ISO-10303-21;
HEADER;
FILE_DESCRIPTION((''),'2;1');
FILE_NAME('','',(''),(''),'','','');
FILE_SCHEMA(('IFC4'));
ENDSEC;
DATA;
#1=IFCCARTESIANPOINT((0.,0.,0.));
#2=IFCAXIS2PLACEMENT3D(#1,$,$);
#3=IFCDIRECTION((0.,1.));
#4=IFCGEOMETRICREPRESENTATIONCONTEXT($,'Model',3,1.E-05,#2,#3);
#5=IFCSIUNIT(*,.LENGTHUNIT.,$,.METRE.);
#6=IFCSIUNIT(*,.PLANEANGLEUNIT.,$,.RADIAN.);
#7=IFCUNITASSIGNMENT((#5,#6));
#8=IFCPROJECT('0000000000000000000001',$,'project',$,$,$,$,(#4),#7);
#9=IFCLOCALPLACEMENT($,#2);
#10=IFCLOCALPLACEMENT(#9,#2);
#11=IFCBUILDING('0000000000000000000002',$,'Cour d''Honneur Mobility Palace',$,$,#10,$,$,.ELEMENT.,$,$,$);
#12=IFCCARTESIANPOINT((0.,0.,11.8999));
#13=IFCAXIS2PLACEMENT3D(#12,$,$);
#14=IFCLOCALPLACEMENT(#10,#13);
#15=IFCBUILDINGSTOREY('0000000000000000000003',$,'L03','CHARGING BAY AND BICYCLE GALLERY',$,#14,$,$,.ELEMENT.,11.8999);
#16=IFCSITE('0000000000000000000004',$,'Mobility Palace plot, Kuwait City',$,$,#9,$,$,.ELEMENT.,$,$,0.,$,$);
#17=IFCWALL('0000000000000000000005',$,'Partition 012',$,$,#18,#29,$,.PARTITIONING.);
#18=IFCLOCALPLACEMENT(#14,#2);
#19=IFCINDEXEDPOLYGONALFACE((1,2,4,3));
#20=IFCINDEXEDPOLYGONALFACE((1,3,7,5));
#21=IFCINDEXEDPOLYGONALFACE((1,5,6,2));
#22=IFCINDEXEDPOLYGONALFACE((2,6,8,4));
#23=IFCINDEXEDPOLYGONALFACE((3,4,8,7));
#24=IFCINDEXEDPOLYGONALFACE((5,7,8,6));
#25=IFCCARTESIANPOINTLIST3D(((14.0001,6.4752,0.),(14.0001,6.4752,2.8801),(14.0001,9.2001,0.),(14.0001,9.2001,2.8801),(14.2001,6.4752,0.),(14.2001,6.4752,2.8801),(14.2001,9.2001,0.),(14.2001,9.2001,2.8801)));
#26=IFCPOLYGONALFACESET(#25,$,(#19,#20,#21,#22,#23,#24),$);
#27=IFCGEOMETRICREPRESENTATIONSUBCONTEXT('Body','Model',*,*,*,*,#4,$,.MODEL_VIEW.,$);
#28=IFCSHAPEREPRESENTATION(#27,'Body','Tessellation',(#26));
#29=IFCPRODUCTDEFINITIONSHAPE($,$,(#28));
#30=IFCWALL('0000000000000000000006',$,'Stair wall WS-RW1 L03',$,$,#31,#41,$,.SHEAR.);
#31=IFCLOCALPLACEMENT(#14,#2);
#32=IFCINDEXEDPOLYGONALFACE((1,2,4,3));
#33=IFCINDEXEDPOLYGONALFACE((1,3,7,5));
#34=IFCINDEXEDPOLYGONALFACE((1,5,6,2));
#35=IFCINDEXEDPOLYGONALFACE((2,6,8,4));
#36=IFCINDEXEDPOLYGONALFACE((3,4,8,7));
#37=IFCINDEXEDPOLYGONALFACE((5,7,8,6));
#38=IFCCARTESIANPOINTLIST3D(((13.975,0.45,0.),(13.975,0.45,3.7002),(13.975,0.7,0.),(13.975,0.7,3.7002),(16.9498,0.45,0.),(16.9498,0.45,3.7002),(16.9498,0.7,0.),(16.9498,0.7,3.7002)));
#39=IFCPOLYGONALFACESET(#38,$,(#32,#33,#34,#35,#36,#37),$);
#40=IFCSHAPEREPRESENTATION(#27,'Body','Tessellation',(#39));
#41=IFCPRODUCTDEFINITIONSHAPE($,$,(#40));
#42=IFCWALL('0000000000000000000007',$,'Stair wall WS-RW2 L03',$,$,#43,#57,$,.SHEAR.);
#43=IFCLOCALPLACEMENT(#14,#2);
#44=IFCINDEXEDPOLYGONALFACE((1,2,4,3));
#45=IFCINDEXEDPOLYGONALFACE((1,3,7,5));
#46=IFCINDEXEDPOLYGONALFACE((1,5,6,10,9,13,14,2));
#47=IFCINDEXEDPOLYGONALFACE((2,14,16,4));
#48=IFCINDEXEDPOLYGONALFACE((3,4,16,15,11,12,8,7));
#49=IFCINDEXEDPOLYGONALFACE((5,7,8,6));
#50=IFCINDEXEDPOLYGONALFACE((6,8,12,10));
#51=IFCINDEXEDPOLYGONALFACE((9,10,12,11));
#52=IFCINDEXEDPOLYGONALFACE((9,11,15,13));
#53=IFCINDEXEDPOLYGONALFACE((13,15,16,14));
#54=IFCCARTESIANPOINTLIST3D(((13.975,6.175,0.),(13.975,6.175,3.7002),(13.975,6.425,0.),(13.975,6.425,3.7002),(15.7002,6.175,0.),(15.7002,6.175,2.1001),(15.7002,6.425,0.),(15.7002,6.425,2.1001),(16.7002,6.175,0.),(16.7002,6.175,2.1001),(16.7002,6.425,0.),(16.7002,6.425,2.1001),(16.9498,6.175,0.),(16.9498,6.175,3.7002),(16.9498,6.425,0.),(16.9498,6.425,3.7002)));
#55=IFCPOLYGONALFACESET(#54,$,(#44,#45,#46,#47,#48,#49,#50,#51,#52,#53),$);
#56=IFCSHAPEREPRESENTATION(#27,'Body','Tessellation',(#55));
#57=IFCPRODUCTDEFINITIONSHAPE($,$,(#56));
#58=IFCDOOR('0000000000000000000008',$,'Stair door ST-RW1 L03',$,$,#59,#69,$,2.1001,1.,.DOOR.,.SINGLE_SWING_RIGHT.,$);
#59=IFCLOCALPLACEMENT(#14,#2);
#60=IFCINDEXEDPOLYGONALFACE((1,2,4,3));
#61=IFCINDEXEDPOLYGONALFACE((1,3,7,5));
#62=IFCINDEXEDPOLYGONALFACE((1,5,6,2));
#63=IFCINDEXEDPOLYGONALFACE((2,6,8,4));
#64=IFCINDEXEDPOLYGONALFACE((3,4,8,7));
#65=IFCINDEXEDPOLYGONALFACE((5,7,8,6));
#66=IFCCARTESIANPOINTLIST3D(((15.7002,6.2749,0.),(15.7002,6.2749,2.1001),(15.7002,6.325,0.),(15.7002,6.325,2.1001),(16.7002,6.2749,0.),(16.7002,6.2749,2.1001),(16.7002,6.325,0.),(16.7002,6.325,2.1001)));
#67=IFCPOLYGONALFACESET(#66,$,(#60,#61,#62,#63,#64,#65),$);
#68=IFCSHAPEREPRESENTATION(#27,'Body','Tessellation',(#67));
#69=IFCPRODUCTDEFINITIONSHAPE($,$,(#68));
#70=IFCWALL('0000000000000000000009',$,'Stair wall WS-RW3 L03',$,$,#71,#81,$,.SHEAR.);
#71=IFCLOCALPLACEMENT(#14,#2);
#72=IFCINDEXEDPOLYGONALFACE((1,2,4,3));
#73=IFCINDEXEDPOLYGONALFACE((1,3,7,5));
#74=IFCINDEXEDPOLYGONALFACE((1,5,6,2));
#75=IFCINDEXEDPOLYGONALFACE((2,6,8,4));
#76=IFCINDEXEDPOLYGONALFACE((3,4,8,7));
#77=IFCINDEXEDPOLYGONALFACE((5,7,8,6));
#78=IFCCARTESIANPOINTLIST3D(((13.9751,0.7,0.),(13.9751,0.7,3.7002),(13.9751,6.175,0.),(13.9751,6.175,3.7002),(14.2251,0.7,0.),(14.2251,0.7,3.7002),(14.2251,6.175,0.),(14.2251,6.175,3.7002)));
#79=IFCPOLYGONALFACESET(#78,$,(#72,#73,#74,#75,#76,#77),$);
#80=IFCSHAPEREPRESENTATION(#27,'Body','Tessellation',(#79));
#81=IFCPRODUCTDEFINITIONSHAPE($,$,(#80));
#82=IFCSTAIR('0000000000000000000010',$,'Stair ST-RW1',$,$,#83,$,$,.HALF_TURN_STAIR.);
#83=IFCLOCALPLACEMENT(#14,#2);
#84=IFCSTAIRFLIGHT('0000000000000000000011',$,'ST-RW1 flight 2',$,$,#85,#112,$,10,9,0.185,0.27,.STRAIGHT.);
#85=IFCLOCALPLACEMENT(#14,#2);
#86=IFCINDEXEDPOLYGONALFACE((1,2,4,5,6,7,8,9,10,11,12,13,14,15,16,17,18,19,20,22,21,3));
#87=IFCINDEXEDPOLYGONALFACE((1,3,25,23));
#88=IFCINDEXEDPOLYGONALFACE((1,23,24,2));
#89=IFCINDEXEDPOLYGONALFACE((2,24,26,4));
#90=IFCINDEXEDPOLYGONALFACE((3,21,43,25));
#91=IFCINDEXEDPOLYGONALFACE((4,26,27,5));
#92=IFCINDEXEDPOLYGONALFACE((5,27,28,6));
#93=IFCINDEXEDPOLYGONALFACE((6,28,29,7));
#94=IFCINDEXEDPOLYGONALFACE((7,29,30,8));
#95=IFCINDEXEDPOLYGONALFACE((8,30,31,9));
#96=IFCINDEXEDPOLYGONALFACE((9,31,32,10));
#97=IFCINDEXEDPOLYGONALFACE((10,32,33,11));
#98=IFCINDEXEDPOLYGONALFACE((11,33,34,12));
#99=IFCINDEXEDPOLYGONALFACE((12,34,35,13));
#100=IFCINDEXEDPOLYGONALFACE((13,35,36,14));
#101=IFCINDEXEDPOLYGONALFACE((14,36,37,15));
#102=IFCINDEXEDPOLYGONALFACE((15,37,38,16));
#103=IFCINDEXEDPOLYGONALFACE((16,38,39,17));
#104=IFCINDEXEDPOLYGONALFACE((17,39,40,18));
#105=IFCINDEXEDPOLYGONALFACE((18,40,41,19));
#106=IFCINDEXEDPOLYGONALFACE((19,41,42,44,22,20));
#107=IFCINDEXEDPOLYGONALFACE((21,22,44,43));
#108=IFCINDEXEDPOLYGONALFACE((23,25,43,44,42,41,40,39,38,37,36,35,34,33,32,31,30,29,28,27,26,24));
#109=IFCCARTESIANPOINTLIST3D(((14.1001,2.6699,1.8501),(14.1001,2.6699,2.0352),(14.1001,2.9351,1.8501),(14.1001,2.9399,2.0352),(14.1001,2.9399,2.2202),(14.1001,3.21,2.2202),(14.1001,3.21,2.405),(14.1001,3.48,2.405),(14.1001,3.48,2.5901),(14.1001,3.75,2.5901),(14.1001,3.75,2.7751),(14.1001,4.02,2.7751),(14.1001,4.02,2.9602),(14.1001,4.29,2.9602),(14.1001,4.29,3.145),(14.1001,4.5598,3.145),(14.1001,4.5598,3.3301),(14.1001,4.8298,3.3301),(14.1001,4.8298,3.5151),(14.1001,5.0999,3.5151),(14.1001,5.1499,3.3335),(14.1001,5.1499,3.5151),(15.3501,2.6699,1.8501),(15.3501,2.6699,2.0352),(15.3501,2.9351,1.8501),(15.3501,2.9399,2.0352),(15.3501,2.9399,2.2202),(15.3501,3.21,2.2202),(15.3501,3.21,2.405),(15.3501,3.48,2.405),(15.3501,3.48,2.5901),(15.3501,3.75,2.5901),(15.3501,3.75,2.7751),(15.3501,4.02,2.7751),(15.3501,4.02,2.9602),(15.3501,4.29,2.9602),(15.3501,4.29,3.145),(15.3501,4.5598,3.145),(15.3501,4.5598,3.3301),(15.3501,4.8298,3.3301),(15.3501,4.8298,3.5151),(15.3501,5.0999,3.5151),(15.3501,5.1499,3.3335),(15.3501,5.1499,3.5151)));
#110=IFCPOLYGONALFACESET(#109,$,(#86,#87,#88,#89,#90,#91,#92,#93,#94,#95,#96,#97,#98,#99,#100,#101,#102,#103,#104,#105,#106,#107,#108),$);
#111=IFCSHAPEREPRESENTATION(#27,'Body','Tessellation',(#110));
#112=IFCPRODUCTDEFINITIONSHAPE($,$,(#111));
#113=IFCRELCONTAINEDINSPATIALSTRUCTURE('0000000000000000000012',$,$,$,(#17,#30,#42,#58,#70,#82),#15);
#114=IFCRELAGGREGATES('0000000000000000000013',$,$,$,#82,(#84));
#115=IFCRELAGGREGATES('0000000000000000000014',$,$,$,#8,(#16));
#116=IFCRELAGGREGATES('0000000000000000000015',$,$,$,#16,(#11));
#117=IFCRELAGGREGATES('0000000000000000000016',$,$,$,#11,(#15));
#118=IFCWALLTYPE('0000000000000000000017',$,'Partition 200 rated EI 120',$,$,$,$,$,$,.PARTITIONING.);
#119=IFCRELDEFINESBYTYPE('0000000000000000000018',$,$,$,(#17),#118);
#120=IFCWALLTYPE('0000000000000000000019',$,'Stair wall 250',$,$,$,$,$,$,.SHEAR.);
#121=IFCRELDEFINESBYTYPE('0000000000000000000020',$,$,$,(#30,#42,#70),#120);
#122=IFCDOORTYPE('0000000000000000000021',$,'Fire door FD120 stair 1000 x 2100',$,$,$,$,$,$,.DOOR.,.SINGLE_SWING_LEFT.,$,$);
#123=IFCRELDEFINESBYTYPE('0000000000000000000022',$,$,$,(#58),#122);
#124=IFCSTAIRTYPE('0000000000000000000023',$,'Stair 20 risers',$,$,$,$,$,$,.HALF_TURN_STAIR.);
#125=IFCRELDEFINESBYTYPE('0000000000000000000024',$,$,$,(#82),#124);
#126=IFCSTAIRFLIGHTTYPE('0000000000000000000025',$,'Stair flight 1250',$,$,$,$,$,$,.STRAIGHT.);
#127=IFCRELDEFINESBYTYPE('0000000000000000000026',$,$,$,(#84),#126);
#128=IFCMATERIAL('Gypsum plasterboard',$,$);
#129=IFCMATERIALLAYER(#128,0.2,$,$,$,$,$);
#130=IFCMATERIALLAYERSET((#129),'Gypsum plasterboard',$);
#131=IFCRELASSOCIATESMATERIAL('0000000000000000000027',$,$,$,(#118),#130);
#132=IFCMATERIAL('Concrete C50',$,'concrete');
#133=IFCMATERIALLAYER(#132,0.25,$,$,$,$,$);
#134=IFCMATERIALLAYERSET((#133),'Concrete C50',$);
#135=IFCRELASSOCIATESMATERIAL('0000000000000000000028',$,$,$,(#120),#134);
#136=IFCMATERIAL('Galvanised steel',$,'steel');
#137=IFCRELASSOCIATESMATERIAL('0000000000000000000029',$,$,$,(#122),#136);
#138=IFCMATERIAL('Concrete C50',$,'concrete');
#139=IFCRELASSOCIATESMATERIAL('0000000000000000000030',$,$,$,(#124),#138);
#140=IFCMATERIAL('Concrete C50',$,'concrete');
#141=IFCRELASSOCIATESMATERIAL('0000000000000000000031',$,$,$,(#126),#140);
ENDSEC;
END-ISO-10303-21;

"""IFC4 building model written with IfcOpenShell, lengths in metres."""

from ifc_helpers import new_model, si_unit, direction, frame, frame_2d, origin, place, context, subcontext, project, spatial, polyline, rectangle, outline, extrude, material, layer, layer_set, type_object, element, fill, aggregate, save


model = new_model("IFC4")

# Units and contexts
model_context = context("Model", 3, precision=1e-05, world=origin(), true_north=direction((0.0, 1.0)))
body_context = subcontext(model_context, "Body", "Model", "MODEL_VIEW")
ifc_project = project(units=[si_unit("LENGTHUNIT", "METRE"), si_unit("PLANEANGLEUNIT", "RADIAN")], contexts=[model_context])

# Site, building, storey
site_placement = place(None, origin())
site = spatial("IfcSite", under=ifc_project, at=site_placement, Name="Mobility Palace plot, Kuwait City", CompositionType="ELEMENT", RefElevation=0.0)
building_placement = place(site_placement, origin())
building = spatial("IfcBuilding", under=site, at=building_placement, Name="Cour d'Honneur Mobility Palace", CompositionType="ELEMENT")
storey_placement = place(building_placement, frame((0.0, 0.0, 11.8999)))
storey = spatial("IfcBuildingStorey", under=building, at=storey_placement, Name="L03", Description="CHARGING BAY AND BICYCLE GALLERY", CompositionType="ELEMENT", Elevation=11.8999)

# Walls
ifc_material_1 = material(Name="Gypsum plasterboard")
ifc_layer_1 = layer(ifc_material_1, 0.2)
ifc_layer_set_1 = layer_set([ifc_layer_1], Name="Gypsum plasterboard")
wall_type_1 = type_object("IfcWallType", Name="Partition 200 rated EI 120", PredefinedType="PARTITIONING", material=ifc_layer_set_1)
wall_1_placement = place(storey_placement, frame((14.1001, 9.2, 0.0), z_axis=(0.0, 0.0, 1.0), x_axis=(0.0, -1.0, 0.0)))
element("IfcWall", 1, at=wall_1_placement, inside=storey, type_object=wall_type_1, Name="Partition 012", PredefinedType="PARTITIONING", context=body_context, shape_type="SweptSolid", body=[
    extrude(rectangle(XDim=2.7249, YDim=0.2, at=frame_2d((1.3623, 0.0))), origin(), (0.0, 0.0, 1.0), 2.8801),
])
ifc_material_2 = material(Name="Concrete C50", Category="concrete")
ifc_layer_2 = layer(ifc_material_2, 0.25)
ifc_layer_set_2 = layer_set([ifc_layer_2], Name="Concrete C50")
wall_type_2 = type_object("IfcWallType", Name="Stair wall 250", PredefinedType="SHEAR", material=ifc_layer_set_2)
wall_2_placement = place(storey_placement, frame((13.9751, 0.575, 0.0), z_axis=(0.0, 0.0, 1.0), x_axis=(1.0, 0.0, 0.0)))
element("IfcWall", 2, at=wall_2_placement, inside=storey, type_object=wall_type_2, Name="Stair wall WS-RW1 L03", PredefinedType="SHEAR", context=body_context, shape_type="SweptSolid", body=[
    extrude(rectangle(XDim=2.9749, YDim=0.25, at=frame_2d((1.4873, 0.0))), origin(), (0.0, 0.0, 1.0), 3.7002),
])

# Wall, opening, door
wall_3_placement = place(storey_placement, frame((13.9751, 6.3, 0.0), z_axis=(0.0, 0.0, 1.0), x_axis=(1.0, 0.0, 0.0)))
wall_3 = element("IfcWall", 3, at=wall_3_placement, inside=storey, type_object=wall_type_2, Name="Stair wall WS-RW2 L03", PredefinedType="SHEAR", context=body_context, shape_type="SweptSolid", body=[
    extrude(rectangle(XDim=2.9749, YDim=0.25, at=frame_2d((1.4873, 0.0))), origin(), (0.0, 0.0, 1.0), 3.7002),
])
opening_1_placement = place(wall_3_placement, frame((1.7251, 0.0, 0.0)))
opening_1 = element("IfcOpeningElement", 4, at=opening_1_placement, cuts=wall_3, PredefinedType="OPENING", context=body_context, shape_type="SweptSolid", body=[
    extrude(rectangle(XDim=1.0, YDim=2.1001, at=frame_2d((0.5, 1.05))), frame((0.0, 0.135, 0.0), z_axis=(0.0, -1.0, 0.0), x_axis=(1.0, 0.0, 0.0)), (0.0, 0.0, 1.0), 0.27),
])
ifc_material_3 = material(Name="Galvanised steel", Category="steel")
door_type_1 = type_object("IfcDoorType", Name="Fire door FD120 stair 1000 x 2100", OperationType="SINGLE_SWING_LEFT", PredefinedType="DOOR", material=ifc_material_3)
door_1_placement = place(opening_1_placement, origin())
door_1 = element("IfcDoor", 5, at=door_1_placement, inside=storey, type_object=door_type_1, Name="Stair door ST-RW1 L03", OperationType="SINGLE_SWING_RIGHT", OverallHeight=2.1001, OverallWidth=1.0, PredefinedType="DOOR", context=body_context, shape_type="SweptSolid", body=[
    extrude(rectangle(XDim=1.0, YDim=2.1001, at=frame_2d((0.5, 1.05))), frame((0.0, 0.0249, 0.0), z_axis=(0.0, -1.0, 0.0), x_axis=(1.0, 0.0, 0.0)), (0.0, 0.0, 1.0), 0.05),
])
fill(opening_1, door_1)

# Wall
wall_4_placement = place(storey_placement, frame((14.1001, 0.7, 0.0), z_axis=(0.0, 0.0, 1.0), x_axis=(0.0, 1.0, 0.0)))
element("IfcWall", 6, at=wall_4_placement, inside=storey, type_object=wall_type_2, Name="Stair wall WS-RW3 L03", PredefinedType="SHEAR", context=body_context, shape_type="SweptSolid", body=[
    extrude(rectangle(XDim=5.4751, YDim=0.25, at=frame_2d((2.7375, 0.0))), origin(), (0.0, 0.0, 1.0), 3.7002),
])

# Stair, stair flight
ifc_material_4 = material(Name="Concrete C50", Category="concrete")
stair_type = type_object("IfcStairType", Name="Stair 20 risers", PredefinedType="HALF_TURN_STAIR", material=ifc_material_4)
stair_placement = place(storey_placement, origin())
stair = element("IfcStair", 7, at=stair_placement, inside=storey, type_object=stair_type, Name="Stair ST-RW1", PredefinedType="HALF_TURN_STAIR")
ifc_material_5 = material(Name="Concrete C50", Category="concrete")
stair_flight_type = type_object("IfcStairFlightType", Name="Stair flight 1250", PredefinedType="STRAIGHT", material=ifc_material_5)
stair_flight_placement = place(storey_placement, frame((14.7251, 2.6699, 1.8501), z_axis=(0.0, 0.0, 1.0), x_axis=(0.0, 1.0, 0.0)))
stair_flight = element("IfcStairFlight", 8, at=stair_flight_placement, type_object=stair_flight_type, Name="ST-RW1 flight 2", NumberOfRisers=10, NumberOfTreads=9, PredefinedType="STRAIGHT", RiserHeight=0.185, TreadLength=0.27, context=body_context, shape_type="SweptSolid", body=[
    extrude(outline(polyline([(0.0, 0.0), (0.0, 0.1851), (0.27, 0.1851), (0.27, 0.3701), (0.54, 0.3701), (0.54, 0.5549), (0.8101, 0.5549), (0.8101, 0.74), (1.0801, 0.74), (1.0801, 0.925), (1.3501, 0.925), (1.3501, 1.1101), (1.6201, 1.1101), (1.6201, 1.2949), (1.8899, 1.2949), (1.8899, 1.48), (2.1599, 1.48), (2.1599, 1.665), (2.4299, 1.665), (2.48, 1.665), (2.48, 1.4834), (0.2651, 0.0), (0.0, 0.0)])), frame((0.0, 0.625, 0.0), z_axis=(0.0, -1.0, 0.0), x_axis=(1.0, 0.0, 0.0)), (0.0, 0.0, 1.0), 1.25),
])
aggregate(stair, [stair_flight])

save(model, "model.ifc")
